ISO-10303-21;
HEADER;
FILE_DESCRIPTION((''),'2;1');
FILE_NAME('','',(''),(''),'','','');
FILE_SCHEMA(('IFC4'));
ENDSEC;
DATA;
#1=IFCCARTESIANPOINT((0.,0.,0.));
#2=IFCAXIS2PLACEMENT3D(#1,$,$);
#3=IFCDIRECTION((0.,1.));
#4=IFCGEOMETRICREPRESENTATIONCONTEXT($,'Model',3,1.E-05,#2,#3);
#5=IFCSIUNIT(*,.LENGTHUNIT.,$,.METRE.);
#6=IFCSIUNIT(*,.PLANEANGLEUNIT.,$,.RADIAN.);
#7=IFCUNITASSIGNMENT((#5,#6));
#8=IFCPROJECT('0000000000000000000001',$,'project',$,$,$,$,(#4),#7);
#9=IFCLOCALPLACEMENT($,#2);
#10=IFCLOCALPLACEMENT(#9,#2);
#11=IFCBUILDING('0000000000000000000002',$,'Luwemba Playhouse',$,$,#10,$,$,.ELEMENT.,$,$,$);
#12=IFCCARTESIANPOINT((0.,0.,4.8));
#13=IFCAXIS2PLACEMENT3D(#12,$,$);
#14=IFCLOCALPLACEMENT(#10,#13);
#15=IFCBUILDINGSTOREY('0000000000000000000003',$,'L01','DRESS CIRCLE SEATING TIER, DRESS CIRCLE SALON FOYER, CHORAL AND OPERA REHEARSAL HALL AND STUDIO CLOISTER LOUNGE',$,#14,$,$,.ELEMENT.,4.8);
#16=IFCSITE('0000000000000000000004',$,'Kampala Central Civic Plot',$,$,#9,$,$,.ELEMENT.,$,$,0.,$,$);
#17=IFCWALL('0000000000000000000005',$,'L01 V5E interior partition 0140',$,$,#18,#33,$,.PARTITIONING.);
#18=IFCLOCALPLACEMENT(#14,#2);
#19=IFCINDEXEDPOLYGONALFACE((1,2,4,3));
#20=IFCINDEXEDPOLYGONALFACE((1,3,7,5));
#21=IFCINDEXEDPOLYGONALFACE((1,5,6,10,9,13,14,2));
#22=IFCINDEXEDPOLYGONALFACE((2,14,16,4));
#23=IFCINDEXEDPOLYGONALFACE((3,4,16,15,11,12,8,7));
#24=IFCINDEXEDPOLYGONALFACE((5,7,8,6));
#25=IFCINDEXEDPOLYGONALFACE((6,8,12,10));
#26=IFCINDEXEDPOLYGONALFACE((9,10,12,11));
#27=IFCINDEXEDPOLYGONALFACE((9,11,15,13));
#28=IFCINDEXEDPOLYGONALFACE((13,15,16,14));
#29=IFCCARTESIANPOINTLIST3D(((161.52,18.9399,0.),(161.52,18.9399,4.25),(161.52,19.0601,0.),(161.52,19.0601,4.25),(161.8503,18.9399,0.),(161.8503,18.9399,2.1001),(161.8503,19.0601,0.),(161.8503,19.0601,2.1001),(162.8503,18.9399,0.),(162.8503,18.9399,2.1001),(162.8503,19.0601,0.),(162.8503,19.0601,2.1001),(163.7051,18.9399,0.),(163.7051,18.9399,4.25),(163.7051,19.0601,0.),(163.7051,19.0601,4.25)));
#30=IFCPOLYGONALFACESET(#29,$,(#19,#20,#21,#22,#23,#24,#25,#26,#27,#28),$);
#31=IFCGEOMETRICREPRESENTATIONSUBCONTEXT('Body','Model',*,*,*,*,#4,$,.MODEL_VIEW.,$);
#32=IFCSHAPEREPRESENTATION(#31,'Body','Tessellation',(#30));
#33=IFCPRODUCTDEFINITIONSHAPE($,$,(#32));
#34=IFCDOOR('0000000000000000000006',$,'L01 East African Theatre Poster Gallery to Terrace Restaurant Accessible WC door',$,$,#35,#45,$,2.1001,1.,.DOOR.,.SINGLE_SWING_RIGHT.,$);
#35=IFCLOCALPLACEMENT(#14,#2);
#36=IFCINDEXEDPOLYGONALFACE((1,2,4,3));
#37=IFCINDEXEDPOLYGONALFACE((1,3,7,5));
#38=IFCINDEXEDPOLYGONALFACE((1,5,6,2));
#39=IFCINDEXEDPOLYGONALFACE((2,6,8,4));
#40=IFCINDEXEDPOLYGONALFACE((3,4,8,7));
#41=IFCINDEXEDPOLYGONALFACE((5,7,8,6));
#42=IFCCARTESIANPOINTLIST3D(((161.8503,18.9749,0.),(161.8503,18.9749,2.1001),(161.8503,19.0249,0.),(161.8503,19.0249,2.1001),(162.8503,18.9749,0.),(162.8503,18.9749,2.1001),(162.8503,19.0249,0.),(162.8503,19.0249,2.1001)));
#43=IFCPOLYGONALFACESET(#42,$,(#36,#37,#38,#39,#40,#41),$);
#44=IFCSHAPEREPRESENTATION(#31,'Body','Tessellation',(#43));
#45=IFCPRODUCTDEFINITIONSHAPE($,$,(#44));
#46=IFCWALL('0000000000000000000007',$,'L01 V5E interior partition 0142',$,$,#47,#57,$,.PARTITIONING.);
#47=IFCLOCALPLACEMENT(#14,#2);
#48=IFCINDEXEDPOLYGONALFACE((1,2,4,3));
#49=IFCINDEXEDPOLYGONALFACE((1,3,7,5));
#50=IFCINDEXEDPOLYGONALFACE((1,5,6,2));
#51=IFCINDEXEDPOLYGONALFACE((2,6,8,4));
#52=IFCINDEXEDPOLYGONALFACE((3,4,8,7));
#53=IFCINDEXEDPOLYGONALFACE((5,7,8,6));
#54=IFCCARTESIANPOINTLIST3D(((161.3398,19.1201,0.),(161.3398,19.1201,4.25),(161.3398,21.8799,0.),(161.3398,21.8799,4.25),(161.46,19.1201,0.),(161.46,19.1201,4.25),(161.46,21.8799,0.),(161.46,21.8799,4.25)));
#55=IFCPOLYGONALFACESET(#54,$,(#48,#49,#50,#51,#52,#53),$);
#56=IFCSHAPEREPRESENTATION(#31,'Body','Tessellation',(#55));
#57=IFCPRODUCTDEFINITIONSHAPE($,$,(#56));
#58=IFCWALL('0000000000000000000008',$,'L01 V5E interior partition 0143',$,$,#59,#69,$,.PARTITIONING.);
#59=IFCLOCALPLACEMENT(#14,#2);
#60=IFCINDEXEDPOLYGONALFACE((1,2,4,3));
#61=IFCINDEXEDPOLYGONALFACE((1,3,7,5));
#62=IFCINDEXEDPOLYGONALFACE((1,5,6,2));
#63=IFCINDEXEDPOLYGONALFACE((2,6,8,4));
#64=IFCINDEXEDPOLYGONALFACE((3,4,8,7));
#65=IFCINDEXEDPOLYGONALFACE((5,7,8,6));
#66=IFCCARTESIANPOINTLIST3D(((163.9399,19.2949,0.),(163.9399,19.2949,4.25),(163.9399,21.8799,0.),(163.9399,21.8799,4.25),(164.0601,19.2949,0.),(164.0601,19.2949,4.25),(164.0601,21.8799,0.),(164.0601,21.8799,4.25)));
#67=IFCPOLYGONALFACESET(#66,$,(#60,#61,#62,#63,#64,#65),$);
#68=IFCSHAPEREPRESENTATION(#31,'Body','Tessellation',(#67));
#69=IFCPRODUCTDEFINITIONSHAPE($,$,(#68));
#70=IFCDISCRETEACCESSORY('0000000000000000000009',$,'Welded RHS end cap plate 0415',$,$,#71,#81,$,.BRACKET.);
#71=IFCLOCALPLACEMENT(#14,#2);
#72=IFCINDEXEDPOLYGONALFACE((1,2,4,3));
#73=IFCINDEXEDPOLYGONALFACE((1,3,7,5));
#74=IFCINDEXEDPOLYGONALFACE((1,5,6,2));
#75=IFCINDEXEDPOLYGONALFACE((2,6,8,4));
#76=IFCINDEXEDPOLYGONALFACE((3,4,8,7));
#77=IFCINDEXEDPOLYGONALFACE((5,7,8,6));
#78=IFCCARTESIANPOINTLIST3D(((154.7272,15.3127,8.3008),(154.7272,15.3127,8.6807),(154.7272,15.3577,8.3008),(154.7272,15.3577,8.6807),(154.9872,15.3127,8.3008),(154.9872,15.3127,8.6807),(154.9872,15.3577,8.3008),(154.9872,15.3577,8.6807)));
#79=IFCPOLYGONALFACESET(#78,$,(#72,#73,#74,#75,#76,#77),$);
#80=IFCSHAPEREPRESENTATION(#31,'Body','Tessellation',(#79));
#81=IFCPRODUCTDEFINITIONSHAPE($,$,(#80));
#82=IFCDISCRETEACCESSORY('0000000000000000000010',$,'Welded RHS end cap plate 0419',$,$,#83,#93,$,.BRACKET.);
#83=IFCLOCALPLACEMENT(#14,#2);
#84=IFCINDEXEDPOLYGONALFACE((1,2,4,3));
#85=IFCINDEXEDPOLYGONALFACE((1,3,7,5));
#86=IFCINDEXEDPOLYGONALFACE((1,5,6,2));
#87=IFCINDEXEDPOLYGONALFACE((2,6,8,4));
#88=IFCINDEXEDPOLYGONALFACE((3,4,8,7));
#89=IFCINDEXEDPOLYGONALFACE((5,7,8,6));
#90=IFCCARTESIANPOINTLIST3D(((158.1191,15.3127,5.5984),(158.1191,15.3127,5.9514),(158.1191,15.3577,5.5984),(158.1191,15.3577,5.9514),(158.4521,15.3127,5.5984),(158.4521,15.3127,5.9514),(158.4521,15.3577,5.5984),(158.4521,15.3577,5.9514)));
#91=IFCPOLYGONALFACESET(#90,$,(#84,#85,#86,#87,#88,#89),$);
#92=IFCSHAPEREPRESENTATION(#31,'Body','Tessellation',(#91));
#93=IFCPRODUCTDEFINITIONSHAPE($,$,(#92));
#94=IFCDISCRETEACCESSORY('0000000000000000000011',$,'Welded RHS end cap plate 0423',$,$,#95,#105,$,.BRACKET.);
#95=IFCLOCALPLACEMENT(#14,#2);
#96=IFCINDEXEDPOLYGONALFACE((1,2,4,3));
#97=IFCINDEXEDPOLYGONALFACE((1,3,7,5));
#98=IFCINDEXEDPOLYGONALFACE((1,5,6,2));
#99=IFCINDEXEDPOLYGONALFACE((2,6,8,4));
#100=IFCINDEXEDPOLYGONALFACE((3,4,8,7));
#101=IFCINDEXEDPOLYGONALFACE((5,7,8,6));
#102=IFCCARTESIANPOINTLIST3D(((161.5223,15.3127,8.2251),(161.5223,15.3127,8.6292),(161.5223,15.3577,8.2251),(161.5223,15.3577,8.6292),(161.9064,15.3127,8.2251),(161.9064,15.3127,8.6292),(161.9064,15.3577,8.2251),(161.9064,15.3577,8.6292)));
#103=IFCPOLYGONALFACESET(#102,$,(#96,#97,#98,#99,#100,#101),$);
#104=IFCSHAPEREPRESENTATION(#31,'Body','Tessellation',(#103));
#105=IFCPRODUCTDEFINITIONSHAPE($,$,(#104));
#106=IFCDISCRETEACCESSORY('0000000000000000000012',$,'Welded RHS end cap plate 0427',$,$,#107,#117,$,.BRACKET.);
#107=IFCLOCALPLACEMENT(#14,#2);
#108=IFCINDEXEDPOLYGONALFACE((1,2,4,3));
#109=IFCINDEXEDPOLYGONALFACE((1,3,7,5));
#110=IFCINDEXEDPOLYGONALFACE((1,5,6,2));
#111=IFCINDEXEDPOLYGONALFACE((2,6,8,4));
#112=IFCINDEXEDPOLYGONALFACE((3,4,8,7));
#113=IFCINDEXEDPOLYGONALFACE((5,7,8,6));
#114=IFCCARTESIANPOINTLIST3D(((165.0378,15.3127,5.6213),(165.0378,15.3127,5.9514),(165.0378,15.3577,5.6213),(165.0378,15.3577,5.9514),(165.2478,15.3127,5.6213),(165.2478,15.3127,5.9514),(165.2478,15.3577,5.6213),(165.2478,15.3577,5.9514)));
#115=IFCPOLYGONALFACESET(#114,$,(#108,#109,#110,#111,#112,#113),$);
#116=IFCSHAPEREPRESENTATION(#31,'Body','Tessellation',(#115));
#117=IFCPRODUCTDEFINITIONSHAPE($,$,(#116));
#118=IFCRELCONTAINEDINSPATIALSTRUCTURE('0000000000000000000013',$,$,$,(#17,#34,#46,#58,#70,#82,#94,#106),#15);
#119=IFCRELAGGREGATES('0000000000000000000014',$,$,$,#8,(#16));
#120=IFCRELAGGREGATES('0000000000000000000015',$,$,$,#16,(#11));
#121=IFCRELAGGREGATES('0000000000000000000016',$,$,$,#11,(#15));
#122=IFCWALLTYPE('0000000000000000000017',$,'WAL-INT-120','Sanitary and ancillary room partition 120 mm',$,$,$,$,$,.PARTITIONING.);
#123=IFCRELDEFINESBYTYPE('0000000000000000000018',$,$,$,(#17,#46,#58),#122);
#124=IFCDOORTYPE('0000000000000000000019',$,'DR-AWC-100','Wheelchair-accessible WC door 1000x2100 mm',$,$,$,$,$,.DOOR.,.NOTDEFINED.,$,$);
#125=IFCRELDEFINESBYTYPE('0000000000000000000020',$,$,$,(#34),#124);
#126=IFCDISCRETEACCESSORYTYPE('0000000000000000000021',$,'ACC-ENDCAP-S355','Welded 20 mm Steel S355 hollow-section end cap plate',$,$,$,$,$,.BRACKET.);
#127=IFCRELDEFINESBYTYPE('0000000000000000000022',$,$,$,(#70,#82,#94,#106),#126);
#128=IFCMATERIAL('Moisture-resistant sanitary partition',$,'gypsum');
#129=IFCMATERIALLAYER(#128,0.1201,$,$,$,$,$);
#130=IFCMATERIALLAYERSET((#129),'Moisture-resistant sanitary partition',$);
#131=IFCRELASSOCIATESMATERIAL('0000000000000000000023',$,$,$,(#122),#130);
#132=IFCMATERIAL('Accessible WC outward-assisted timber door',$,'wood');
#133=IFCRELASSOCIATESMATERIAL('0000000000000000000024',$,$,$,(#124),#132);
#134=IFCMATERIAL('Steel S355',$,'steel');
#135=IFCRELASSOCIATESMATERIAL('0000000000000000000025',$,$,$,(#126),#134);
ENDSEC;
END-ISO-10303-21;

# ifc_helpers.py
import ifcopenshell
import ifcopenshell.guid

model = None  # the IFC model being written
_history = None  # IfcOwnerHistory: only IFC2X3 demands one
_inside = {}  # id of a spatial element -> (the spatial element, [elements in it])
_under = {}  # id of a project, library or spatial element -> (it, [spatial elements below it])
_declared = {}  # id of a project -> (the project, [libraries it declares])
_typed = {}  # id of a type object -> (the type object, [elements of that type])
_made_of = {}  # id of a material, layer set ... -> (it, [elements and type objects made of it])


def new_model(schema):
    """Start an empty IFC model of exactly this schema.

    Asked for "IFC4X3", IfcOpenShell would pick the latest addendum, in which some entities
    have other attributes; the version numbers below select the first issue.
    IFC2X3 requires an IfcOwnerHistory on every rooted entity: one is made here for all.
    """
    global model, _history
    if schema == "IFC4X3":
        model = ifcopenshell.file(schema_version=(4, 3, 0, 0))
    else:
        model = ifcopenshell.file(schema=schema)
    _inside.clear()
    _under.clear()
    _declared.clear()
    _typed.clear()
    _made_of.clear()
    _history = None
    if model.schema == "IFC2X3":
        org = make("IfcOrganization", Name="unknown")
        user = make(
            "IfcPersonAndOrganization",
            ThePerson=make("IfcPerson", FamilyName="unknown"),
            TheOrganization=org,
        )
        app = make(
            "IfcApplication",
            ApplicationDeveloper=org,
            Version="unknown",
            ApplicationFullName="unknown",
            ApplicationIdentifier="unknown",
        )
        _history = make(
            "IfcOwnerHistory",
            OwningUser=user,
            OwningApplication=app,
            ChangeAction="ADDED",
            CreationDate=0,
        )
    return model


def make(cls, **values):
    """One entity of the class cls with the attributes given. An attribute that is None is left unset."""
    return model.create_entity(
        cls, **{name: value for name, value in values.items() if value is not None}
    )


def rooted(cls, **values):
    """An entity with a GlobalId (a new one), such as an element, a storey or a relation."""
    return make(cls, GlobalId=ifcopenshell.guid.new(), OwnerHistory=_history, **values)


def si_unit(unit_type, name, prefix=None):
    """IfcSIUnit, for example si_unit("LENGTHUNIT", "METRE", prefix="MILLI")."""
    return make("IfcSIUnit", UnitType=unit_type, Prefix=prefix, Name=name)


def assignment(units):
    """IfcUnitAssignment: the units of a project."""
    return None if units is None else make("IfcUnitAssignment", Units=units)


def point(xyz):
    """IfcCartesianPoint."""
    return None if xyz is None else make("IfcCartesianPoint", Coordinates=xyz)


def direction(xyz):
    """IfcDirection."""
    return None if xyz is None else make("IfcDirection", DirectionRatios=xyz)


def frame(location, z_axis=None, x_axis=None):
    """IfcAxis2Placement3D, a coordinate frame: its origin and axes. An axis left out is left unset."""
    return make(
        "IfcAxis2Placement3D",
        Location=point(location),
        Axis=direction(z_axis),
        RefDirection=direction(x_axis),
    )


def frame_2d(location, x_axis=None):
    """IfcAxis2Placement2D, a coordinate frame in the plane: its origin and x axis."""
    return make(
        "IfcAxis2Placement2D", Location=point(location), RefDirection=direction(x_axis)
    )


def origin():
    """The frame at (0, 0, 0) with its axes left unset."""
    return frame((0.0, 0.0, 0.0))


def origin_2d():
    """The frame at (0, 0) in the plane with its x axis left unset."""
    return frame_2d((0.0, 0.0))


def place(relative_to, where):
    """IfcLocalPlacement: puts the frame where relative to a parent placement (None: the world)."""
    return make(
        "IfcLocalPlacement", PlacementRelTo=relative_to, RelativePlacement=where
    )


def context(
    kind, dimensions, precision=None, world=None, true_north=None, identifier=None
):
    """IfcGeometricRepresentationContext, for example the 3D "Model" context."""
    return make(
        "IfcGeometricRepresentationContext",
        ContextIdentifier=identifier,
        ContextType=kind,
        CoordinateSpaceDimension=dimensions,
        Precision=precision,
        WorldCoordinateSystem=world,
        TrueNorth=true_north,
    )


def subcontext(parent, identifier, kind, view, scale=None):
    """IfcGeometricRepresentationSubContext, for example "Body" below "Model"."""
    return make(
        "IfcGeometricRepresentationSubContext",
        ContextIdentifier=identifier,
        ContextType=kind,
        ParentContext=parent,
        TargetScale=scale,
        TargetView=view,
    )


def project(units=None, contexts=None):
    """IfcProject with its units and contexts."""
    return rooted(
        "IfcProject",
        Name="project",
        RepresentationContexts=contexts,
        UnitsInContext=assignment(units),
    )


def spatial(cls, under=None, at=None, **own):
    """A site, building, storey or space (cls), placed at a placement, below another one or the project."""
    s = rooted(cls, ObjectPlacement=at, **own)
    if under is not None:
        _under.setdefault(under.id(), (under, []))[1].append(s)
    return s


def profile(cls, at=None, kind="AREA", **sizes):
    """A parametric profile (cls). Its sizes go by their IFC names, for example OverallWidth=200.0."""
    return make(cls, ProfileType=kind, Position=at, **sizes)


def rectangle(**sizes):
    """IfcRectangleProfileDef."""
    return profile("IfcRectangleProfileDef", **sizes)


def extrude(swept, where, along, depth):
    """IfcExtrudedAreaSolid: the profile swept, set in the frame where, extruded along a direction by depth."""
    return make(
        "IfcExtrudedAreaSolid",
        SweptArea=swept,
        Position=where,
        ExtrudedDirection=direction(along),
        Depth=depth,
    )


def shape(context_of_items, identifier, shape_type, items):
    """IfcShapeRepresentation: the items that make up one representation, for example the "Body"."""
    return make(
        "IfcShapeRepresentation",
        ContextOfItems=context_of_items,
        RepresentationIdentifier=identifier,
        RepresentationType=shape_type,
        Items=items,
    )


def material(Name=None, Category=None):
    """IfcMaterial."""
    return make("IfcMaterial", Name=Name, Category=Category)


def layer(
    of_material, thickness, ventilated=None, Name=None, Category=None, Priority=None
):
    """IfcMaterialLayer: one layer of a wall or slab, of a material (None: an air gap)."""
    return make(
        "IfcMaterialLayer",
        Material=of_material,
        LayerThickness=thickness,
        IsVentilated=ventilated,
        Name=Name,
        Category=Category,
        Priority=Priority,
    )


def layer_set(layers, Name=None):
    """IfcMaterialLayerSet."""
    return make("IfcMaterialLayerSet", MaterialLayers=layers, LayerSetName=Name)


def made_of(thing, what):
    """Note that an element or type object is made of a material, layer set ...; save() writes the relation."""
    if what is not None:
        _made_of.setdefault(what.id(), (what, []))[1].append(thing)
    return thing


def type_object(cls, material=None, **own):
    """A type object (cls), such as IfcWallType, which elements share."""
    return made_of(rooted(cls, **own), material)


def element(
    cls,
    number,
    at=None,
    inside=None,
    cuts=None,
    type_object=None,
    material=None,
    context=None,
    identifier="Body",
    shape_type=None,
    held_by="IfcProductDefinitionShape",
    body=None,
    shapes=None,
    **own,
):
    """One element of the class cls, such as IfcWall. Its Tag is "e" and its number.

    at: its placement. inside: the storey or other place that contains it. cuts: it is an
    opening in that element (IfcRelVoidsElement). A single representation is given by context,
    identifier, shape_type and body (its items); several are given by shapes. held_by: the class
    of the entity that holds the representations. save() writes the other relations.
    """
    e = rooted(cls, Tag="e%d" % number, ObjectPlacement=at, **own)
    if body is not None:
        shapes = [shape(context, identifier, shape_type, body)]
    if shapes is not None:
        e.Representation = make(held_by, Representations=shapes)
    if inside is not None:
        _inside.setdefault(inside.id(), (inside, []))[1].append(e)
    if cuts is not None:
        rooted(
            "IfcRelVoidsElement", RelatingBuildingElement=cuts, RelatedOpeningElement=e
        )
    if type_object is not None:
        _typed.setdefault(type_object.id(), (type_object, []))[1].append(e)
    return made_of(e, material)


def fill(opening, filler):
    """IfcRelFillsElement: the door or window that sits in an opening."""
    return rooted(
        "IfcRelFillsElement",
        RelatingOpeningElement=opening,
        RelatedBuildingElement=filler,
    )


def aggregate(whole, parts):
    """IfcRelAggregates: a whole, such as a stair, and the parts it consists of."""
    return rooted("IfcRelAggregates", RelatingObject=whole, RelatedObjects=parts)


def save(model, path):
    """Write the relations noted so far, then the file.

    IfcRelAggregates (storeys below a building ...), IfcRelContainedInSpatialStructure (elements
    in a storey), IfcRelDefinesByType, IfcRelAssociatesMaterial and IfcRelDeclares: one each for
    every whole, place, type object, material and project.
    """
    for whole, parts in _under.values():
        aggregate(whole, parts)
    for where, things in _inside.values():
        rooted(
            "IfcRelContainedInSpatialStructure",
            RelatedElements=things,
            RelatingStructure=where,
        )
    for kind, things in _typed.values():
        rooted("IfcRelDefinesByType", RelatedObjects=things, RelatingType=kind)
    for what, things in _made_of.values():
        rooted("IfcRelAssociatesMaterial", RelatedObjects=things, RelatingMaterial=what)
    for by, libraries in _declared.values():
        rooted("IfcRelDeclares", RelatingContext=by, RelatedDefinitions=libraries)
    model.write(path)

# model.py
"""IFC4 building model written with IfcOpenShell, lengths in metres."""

from ifc_helpers import new_model, si_unit, direction, frame, frame_2d, origin, origin_2d, place, context, subcontext, project, spatial, rectangle, extrude, material, layer, layer_set, type_object, element, fill, save


model = new_model("IFC4")

# Units and contexts
model_context = context("Model", 3, precision=1e-05, world=origin(), true_north=direction((0.0, 1.0)))
body_context = subcontext(model_context, "Body", "Model", "MODEL_VIEW")
ifc_project = project(units=[si_unit("LENGTHUNIT", "METRE"), si_unit("PLANEANGLEUNIT", "RADIAN")], contexts=[model_context])

# Site, building, storey
site_placement = place(None, origin())
site = spatial("IfcSite", under=ifc_project, at=site_placement, Name="Kampala Central Civic Plot", CompositionType="ELEMENT", RefElevation=0.0)
building_placement = place(site_placement, origin())
building = spatial("IfcBuilding", under=site, at=building_placement, Name="Luwemba Playhouse", CompositionType="ELEMENT")
storey_placement = place(building_placement, frame((0.0, 0.0, 4.8)))
storey = spatial("IfcBuildingStorey", under=building, at=storey_placement, Name="L01", Description="DRESS CIRCLE SEATING TIER, DRESS CIRCLE SALON FOYER, CHORAL AND OPERA REHEARSAL HALL AND STUDIO CLOISTER LOUNGE", CompositionType="ELEMENT", Elevation=4.8)

# Shared definitions
ifc_material_1 = material(Name="Steel S355", Category="steel")

# Wall, opening, door
ifc_material_2 = material(Name="Moisture-resistant sanitary partition", Category="gypsum")
ifc_layer_1 = layer(ifc_material_2, 0.1201)
ifc_layer_set_1 = layer_set([ifc_layer_1], Name="Moisture-resistant sanitary partition")
wall_type = type_object("IfcWallType", Name="WAL-INT-120", Description="Sanitary and ancillary room partition 120 mm", PredefinedType="PARTITIONING", material=ifc_layer_set_1)
wall_1_placement = place(storey_placement, frame((161.52, 19.0, 0.0), z_axis=(0.0, 0.0, 1.0), x_axis=(1.0, 0.0, 0.0)))
wall_1 = element("IfcWall", 1, at=wall_1_placement, inside=storey, type_object=wall_type, Name="L01 V5E interior partition 0140", PredefinedType="PARTITIONING", context=body_context, shape_type="SweptSolid", body=[
    extrude(rectangle(XDim=2.1851, YDim=0.1201, at=frame_2d((1.0925, 0.0))), origin(), (0.0, 0.0, 1.0), 4.25),
])
opening_placement = place(wall_1_placement, frame((0.3303, 0.0, 0.0)))
opening = element("IfcOpeningElement", 2, at=opening_placement, cuts=wall_1, PredefinedType="OPENING", context=body_context, shape_type="SweptSolid", body=[
    extrude(rectangle(XDim=1.0, YDim=2.1001, at=frame_2d((0.5, 1.05))), frame((0.0, 0.0701, 0.0), z_axis=(0.0, -1.0, 0.0), x_axis=(1.0, 0.0, 0.0)), (0.0, 0.0, 1.0), 0.1401),
])
ifc_material_3 = material(Name="Accessible WC outward-assisted timber door", Category="wood")
door_type = type_object("IfcDoorType", Name="DR-AWC-100", Description="Wheelchair-accessible WC door 1000x2100 mm", OperationType="NOTDEFINED", PredefinedType="DOOR", material=ifc_material_3)
door_placement = place(opening_placement, origin())
door = element("IfcDoor", 3, at=door_placement, inside=storey, type_object=door_type, Name="L01 East African Theatre Poster Gallery to Terrace Restaurant Accessible WC door", OperationType="SINGLE_SWING_RIGHT", OverallHeight=2.1001, OverallWidth=1.0, PredefinedType="DOOR", context=body_context, shape_type="SweptSolid", body=[
    extrude(rectangle(XDim=1.0, YDim=2.1001, at=frame_2d((0.5, 1.05))), frame((0.0, 0.0249, 0.0), z_axis=(0.0, -1.0, 0.0), x_axis=(1.0, 0.0, 0.0)), (0.0, 0.0, 1.0), 0.05),
])
fill(opening, door)

# Walls
wall_2_placement = place(storey_placement, frame((161.3999, 19.1201, 0.0), z_axis=(0.0, 0.0, 1.0), x_axis=(0.0, 1.0, 0.0)))
element("IfcWall", 4, at=wall_2_placement, inside=storey, type_object=wall_type, Name="L01 V5E interior partition 0142", PredefinedType="PARTITIONING", context=body_context, shape_type="SweptSolid", body=[
    extrude(rectangle(XDim=2.7598, YDim=0.1201, at=frame_2d((1.3799, 0.0))), origin(), (0.0, 0.0, 1.0), 4.25),
])
wall_3_placement = place(storey_placement, frame((164.0, 19.2949, 0.0), z_axis=(0.0, 0.0, 1.0), x_axis=(0.0, 1.0, 0.0)))
element("IfcWall", 5, at=wall_3_placement, inside=storey, type_object=wall_type, Name="L01 V5E interior partition 0143", PredefinedType="PARTITIONING", context=body_context, shape_type="SweptSolid", body=[
    extrude(rectangle(XDim=2.585, YDim=0.1201, at=frame_2d((1.2925, 0.0))), origin(), (0.0, 0.0, 1.0), 4.25),
])

# Discrete accessories
discrete_accessory_type = type_object("IfcDiscreteAccessoryType", Name="ACC-ENDCAP-S355", Description="Welded 20 mm Steel S355 hollow-section end cap plate", PredefinedType="BRACKET", material=ifc_material_1)
discrete_accessory_1_placement = place(storey_placement, frame((154.8572, 15.3352, 8.3008), z_axis=(0.0, 0.0, 1.0), x_axis=(1.0, 0.0, 0.0)))
element("IfcDiscreteAccessory", 6, at=discrete_accessory_1_placement, inside=storey, type_object=discrete_accessory_type, Name="Welded RHS end cap plate 0415", PredefinedType="BRACKET", context=body_context, shape_type="SweptSolid", body=[
    extrude(rectangle(XDim=0.26, YDim=0.0449, at=origin_2d()), origin(), (0.0, 0.0, 1.0), 0.3799),
])
discrete_accessory_2_placement = place(storey_placement, frame((158.2856, 15.3352, 5.5984), z_axis=(0.0, 0.0, 1.0), x_axis=(1.0, 0.0, 0.0)))
element("IfcDiscreteAccessory", 7, at=discrete_accessory_2_placement, inside=storey, type_object=discrete_accessory_type, Name="Welded RHS end cap plate 0419", PredefinedType="BRACKET", context=body_context, shape_type="SweptSolid", body=[
    extrude(rectangle(XDim=0.333, YDim=0.0449, at=origin_2d()), origin(), (0.0, 0.0, 1.0), 0.353),
])
discrete_accessory_3_placement = place(storey_placement, frame((161.7144, 15.3352, 8.2251), z_axis=(0.0, 0.0, 1.0), x_axis=(1.0, 0.0, 0.0)))
element("IfcDiscreteAccessory", 8, at=discrete_accessory_3_placement, inside=storey, type_object=discrete_accessory_type, Name="Welded RHS end cap plate 0423", PredefinedType="BRACKET", context=body_context, shape_type="SweptSolid", body=[
    extrude(rectangle(XDim=0.384, YDim=0.0449, at=origin_2d()), origin(), (0.0, 0.0, 1.0), 0.4041),
])
discrete_accessory_4_placement = place(storey_placement, frame((165.1428, 15.3352, 5.6213), z_axis=(0.0, 0.0, 1.0), x_axis=(1.0, 0.0, 0.0)))
element("IfcDiscreteAccessory", 9, at=discrete_accessory_4_placement, inside=storey, type_object=discrete_accessory_type, Name="Welded RHS end cap plate 0427", PredefinedType="BRACKET", context=body_context, shape_type="SweptSolid", body=[
    extrude(rectangle(XDim=0.21, YDim=0.0449, at=origin_2d()), origin(), (0.0, 0.0, 1.0), 0.3301),
])

save(model, "model.ifc")
